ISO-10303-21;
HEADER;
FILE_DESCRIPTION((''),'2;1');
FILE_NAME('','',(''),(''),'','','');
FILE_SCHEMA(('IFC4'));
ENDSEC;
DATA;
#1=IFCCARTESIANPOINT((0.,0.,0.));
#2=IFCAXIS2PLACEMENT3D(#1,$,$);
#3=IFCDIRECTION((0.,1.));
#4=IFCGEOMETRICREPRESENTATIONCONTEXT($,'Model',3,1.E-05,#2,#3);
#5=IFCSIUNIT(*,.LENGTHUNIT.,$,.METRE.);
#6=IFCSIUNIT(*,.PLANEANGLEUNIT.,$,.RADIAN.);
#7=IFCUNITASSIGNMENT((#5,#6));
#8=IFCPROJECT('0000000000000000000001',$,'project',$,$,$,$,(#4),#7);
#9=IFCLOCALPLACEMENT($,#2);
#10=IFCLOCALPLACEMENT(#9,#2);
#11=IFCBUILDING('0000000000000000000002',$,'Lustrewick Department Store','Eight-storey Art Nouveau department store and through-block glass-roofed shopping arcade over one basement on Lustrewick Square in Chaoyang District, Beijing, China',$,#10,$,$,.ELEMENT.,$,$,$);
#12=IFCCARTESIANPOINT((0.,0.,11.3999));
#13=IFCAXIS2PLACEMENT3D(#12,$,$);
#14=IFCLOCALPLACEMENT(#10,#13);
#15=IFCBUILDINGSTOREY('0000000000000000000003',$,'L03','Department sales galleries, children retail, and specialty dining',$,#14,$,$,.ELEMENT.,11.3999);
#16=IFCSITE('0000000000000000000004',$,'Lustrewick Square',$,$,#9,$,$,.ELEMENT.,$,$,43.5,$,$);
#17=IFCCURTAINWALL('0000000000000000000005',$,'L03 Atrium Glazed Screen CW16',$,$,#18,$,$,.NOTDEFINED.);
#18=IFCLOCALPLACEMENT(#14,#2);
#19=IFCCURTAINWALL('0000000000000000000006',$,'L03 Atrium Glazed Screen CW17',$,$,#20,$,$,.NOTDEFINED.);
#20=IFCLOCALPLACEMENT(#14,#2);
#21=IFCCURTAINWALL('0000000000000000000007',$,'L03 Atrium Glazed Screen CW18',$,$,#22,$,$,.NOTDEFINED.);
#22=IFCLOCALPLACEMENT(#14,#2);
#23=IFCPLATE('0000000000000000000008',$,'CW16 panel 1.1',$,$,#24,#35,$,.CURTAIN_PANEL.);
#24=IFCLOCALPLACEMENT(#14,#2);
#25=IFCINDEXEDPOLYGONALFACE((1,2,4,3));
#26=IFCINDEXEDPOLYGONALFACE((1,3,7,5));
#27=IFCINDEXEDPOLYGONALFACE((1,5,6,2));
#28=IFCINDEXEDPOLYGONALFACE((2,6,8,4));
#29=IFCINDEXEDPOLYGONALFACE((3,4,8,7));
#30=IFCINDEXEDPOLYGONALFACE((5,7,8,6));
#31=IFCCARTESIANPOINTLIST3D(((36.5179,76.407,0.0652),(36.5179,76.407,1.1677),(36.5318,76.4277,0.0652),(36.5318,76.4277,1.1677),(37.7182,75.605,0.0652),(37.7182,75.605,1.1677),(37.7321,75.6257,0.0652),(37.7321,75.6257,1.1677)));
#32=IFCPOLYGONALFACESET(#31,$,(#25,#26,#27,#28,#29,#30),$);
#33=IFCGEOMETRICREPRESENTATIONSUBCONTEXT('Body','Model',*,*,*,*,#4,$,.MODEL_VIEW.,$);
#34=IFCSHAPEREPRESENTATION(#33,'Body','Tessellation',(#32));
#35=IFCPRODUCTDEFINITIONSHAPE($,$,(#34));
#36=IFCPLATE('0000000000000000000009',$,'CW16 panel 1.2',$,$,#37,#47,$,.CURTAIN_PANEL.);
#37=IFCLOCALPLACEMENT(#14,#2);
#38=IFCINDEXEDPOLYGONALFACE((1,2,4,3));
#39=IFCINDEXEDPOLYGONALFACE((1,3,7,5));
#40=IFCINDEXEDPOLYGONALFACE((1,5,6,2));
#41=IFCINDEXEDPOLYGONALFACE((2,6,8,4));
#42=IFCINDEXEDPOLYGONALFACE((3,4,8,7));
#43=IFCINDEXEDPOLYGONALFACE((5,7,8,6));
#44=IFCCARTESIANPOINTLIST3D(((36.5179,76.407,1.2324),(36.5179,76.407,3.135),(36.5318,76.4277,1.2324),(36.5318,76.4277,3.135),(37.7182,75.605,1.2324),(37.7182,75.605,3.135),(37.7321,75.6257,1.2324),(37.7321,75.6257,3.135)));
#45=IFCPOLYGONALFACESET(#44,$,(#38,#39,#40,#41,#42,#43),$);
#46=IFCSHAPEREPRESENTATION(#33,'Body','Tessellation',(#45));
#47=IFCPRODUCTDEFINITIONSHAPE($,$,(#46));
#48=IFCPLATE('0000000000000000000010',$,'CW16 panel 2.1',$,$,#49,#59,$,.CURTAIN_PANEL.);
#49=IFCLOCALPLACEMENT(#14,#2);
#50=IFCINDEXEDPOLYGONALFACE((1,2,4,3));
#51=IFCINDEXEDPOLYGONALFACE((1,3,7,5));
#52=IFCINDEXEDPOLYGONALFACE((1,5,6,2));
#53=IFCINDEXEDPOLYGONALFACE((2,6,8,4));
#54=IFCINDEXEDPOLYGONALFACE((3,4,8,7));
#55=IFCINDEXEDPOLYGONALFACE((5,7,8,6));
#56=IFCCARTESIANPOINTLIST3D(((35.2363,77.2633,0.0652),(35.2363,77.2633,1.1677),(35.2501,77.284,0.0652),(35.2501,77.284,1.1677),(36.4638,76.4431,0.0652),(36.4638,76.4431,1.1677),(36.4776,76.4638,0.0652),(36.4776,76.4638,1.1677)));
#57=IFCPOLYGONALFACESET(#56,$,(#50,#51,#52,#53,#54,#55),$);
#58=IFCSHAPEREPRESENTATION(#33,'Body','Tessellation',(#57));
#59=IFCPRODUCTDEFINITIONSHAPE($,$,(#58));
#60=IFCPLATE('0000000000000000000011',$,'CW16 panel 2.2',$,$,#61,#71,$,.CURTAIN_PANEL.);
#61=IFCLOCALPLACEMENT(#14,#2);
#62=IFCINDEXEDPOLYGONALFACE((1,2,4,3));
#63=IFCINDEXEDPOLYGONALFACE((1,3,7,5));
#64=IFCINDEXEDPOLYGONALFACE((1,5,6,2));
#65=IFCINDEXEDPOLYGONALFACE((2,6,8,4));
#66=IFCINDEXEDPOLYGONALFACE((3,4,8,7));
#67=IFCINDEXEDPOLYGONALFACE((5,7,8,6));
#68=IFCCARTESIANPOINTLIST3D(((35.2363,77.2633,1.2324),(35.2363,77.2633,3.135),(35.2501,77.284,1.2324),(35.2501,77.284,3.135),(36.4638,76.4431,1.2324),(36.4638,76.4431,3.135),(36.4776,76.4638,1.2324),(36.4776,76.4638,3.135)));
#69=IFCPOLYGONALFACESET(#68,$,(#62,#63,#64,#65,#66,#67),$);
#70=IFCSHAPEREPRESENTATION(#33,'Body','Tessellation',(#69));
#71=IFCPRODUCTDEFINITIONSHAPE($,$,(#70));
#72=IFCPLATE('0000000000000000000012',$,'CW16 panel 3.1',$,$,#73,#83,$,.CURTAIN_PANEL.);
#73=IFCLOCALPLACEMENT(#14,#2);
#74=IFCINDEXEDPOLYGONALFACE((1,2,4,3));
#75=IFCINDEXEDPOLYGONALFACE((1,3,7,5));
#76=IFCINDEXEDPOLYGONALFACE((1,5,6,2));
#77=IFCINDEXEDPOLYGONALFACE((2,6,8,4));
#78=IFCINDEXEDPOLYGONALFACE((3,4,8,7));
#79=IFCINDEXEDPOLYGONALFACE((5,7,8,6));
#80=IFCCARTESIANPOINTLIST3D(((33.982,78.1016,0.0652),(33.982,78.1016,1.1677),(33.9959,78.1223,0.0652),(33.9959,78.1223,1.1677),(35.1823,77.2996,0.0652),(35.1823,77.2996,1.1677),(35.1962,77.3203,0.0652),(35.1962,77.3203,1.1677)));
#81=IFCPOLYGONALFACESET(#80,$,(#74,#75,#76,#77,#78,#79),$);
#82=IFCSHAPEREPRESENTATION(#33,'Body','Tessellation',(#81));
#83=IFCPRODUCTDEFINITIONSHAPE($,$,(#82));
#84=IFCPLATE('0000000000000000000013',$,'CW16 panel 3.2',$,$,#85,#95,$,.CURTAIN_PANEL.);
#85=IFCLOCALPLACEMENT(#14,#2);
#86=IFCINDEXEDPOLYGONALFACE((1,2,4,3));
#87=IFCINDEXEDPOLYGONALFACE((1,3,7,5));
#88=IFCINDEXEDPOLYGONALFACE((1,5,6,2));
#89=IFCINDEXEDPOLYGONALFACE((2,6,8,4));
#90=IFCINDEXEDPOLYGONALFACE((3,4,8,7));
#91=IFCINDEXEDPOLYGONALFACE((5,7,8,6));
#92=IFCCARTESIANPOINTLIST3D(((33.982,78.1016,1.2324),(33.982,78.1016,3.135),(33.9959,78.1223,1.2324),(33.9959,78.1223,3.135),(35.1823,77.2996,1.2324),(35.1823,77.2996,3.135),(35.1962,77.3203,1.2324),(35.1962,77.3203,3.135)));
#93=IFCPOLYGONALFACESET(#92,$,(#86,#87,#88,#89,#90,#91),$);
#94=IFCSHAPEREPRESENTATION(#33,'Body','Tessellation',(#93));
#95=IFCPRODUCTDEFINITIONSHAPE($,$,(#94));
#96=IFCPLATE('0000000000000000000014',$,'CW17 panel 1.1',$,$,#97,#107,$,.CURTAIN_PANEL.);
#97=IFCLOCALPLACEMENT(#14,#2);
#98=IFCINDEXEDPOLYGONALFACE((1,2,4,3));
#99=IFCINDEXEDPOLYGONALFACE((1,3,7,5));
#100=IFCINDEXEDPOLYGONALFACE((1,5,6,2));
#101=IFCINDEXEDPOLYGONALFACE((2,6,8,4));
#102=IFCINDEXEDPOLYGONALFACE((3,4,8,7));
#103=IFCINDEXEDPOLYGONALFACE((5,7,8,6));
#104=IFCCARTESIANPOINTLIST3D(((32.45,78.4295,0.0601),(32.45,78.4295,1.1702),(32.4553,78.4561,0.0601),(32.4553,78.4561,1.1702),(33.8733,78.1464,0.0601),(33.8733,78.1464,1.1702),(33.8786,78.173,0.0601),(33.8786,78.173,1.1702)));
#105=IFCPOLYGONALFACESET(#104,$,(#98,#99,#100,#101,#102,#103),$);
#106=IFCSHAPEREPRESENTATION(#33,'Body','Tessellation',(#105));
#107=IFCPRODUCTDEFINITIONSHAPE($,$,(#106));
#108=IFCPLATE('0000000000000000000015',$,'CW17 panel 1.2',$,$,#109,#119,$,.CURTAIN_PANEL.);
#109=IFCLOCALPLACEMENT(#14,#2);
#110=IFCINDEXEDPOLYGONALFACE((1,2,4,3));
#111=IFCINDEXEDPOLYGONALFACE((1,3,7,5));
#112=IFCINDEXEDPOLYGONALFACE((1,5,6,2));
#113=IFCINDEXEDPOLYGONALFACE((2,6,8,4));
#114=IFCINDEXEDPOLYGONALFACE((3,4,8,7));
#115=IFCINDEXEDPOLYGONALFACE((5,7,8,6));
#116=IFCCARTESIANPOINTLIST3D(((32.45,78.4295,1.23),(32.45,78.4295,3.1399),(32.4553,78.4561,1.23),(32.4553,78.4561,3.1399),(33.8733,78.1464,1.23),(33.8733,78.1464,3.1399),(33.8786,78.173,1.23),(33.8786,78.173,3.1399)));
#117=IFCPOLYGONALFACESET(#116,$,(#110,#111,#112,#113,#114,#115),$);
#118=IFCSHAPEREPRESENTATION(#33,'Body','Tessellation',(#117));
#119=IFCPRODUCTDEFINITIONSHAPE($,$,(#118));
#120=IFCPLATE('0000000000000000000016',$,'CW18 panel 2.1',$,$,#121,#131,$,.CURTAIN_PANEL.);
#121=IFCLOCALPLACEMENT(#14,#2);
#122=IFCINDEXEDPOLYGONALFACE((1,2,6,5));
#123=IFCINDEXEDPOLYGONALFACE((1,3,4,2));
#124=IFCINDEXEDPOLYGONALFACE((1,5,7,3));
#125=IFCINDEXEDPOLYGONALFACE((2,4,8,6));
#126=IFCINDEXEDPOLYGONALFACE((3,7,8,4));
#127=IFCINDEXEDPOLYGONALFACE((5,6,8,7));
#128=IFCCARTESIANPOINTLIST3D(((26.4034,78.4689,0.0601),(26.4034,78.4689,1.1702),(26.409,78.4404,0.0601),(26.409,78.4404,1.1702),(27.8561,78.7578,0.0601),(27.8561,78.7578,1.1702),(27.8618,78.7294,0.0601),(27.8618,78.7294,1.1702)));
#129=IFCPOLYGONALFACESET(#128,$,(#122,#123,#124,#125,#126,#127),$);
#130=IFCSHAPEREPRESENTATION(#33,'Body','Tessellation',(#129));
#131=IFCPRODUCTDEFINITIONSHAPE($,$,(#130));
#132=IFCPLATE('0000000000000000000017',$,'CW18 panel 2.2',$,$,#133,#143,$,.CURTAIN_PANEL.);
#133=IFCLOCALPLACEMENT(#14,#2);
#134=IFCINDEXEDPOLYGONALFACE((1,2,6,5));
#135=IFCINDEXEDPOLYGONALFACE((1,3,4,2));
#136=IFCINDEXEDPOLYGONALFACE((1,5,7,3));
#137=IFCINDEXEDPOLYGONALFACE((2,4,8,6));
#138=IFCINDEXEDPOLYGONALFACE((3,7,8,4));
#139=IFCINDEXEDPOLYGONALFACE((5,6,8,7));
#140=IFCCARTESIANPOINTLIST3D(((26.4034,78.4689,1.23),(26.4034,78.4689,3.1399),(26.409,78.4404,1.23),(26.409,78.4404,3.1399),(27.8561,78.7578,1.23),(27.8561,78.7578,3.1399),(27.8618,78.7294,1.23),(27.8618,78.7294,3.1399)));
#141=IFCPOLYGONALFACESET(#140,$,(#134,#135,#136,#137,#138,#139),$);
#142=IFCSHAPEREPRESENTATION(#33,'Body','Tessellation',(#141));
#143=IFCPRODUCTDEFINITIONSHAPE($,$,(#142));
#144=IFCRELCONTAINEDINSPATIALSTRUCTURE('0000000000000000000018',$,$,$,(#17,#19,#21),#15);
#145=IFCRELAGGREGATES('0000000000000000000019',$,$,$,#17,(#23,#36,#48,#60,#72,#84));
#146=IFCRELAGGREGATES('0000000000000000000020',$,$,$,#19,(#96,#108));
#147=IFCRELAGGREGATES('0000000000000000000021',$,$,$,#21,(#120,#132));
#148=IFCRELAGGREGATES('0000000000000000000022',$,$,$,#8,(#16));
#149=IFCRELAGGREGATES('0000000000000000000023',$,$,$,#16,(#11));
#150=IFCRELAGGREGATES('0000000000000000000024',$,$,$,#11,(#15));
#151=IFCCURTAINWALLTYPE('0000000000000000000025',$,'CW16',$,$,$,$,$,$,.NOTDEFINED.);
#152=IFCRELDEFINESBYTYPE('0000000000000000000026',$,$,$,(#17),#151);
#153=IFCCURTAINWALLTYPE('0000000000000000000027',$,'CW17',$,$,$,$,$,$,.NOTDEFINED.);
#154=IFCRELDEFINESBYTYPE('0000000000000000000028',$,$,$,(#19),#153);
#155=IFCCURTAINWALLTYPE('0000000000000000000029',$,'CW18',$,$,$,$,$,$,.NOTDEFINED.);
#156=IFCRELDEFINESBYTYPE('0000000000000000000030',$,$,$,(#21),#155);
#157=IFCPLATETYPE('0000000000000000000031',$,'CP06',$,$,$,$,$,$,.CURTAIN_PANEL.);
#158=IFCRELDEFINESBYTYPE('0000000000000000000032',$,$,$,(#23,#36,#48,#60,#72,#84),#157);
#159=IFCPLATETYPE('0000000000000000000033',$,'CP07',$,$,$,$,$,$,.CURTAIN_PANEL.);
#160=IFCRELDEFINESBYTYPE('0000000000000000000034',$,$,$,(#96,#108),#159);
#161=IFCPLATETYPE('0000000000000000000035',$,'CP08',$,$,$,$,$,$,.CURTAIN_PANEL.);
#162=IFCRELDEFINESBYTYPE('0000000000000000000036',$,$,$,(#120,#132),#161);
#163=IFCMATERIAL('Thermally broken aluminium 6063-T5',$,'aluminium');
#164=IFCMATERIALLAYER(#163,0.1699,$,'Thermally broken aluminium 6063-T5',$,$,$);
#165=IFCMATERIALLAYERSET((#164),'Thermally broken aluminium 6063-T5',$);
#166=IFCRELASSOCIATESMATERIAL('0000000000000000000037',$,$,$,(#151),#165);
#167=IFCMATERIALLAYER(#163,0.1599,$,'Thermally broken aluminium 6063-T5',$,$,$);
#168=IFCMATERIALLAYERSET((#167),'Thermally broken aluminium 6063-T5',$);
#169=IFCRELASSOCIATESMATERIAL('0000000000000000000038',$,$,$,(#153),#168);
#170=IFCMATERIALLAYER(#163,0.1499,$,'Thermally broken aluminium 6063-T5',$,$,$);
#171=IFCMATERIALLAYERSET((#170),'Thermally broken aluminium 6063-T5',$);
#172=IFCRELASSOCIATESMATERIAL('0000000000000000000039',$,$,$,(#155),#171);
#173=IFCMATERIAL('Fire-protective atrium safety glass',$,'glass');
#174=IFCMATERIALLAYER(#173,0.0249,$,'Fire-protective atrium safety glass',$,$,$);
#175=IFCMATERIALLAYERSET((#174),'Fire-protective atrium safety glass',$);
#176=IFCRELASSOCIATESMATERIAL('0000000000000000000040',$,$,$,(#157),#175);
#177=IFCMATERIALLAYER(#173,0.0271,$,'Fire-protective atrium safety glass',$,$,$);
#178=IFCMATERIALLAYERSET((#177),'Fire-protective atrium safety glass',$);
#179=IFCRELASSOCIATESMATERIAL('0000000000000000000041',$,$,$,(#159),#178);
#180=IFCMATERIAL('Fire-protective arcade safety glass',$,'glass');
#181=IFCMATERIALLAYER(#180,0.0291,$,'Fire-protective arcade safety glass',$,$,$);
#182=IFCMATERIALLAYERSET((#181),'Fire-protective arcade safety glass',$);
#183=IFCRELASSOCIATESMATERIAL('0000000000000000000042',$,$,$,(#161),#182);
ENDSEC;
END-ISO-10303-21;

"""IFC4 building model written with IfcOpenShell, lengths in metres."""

from ifc_helpers import new_model, si_unit, direction, frame, origin, origin_2d, place, context, subcontext, project, spatial, rectangle, extrude, material, layer, layer_set, type_object, element, aggregate, save


model = new_model("IFC4")

# Units and contexts
model_context = context("Model", 3, precision=1e-05, world=origin(), true_north=direction((0.0, 1.0)))
body_context = subcontext(model_context, "Body", "Model", "MODEL_VIEW")
ifc_project = project(units=[si_unit("LENGTHUNIT", "METRE"), si_unit("PLANEANGLEUNIT", "RADIAN")], contexts=[model_context])

# Site, building, storey
site_placement = place(None, origin())
site = spatial("IfcSite", under=ifc_project, at=site_placement, Name="Lustrewick Square", CompositionType="ELEMENT", RefElevation=43.5)
building_placement = place(site_placement, origin())
building = spatial("IfcBuilding", under=site, at=building_placement, Name="Lustrewick Department Store", Description="Eight-storey Art Nouveau department store and through-block glass-roofed shopping arcade over one basement on Lustrewick Square in Chaoyang District, Beijing, China", CompositionType="ELEMENT")
storey_placement = place(building_placement, frame((0.0, 0.0, 11.3999)))
storey = spatial("IfcBuildingStorey", under=building, at=storey_placement, Name="L03", Description="Department sales galleries, children retail, and specialty dining", CompositionType="ELEMENT", Elevation=11.3999)

# Curtain walls
ifc_material_1 = material(Name="Thermally broken aluminium 6063-T5", Category="aluminium")
ifc_layer_1 = layer(ifc_material_1, 0.1699, Name="Thermally broken aluminium 6063-T5")
ifc_layer_set_1 = layer_set([ifc_layer_1], Name="Thermally broken aluminium 6063-T5")
curtain_wall_type_1 = type_object("IfcCurtainWallType", Name="CW16", PredefinedType="NOTDEFINED", material=ifc_layer_set_1)
curtain_wall_1_placement = place(storey_placement, origin())
curtain_wall_1 = element("IfcCurtainWall", 1, at=curtain_wall_1_placement, inside=storey, type_object=curtain_wall_type_1, Name="L03 Atrium Glazed Screen CW16", PredefinedType="NOTDEFINED")
ifc_layer_2 = layer(ifc_material_1, 0.1599, Name="Thermally broken aluminium 6063-T5")
ifc_layer_set_2 = layer_set([ifc_layer_2], Name="Thermally broken aluminium 6063-T5")
curtain_wall_type_2 = type_object("IfcCurtainWallType", Name="CW17", PredefinedType="NOTDEFINED", material=ifc_layer_set_2)
curtain_wall_2_placement = place(storey_placement, origin())
curtain_wall_2 = element("IfcCurtainWall", 2, at=curtain_wall_2_placement, inside=storey, type_object=curtain_wall_type_2, Name="L03 Atrium Glazed Screen CW17", PredefinedType="NOTDEFINED")

# Curtain wall
ifc_layer_3 = layer(ifc_material_1, 0.1499, Name="Thermally broken aluminium 6063-T5")
ifc_layer_set_3 = layer_set([ifc_layer_3], Name="Thermally broken aluminium 6063-T5")
curtain_wall_type_3 = type_object("IfcCurtainWallType", Name="CW18", PredefinedType="NOTDEFINED", material=ifc_layer_set_3)
curtain_wall_3_placement = place(storey_placement, origin())
curtain_wall_3 = element("IfcCurtainWall", 3, at=curtain_wall_3_placement, inside=storey, type_object=curtain_wall_type_3, Name="L03 Atrium Glazed Screen CW18", PredefinedType="NOTDEFINED")

# Plates
ifc_material_2 = material(Name="Fire-protective atrium safety glass", Category="glass")
ifc_layer_4 = layer(ifc_material_2, 0.0249, Name="Fire-protective atrium safety glass")
ifc_layer_set_4 = layer_set([ifc_layer_4], Name="Fire-protective atrium safety glass")
plate_type_1 = type_object("IfcPlateType", Name="CP06", PredefinedType="CURTAIN_PANEL", material=ifc_layer_set_4)
plate_1_placement = place(storey_placement, frame((37.125, 76.0164, 0.0652), z_axis=(0.0, 0.0, 1.0), x_axis=(-0.831464, 0.555578, 0.0)))
plate_1 = element("IfcPlate", 4, at=plate_1_placement, type_object=plate_type_1, Name="CW16 panel 1.1", PredefinedType="CURTAIN_PANEL", context=body_context, shape_type="SweptSolid", body=[
    extrude(rectangle(XDim=1.4436, YDim=0.0249, at=origin_2d()), origin(), (0.0, 0.0, 1.0), 1.1025),
])
plate_2_placement = place(storey_placement, frame((37.125, 76.0164, 1.2324), z_axis=(0.0, 0.0, 1.0), x_axis=(-0.831464, 0.555578, 0.0)))
plate_2 = element("IfcPlate", 5, at=plate_2_placement, type_object=plate_type_1, Name="CW16 panel 1.2", PredefinedType="CURTAIN_PANEL", context=body_context, shape_type="SweptSolid", body=[
    extrude(rectangle(XDim=1.4436, YDim=0.0249, at=origin_2d()), origin(), (0.0, 0.0, 1.0), 1.9026),
])
plate_3_placement = place(storey_placement, frame((35.8569, 76.8635, 0.0652), z_axis=(0.0, 0.0, 1.0), x_axis=(-0.831464, 0.555578, 0.0)))
plate_3 = element("IfcPlate", 6, at=plate_3_placement, type_object=plate_type_1, Name="CW16 panel 2.1", PredefinedType="CURTAIN_PANEL", context=body_context, shape_type="SweptSolid", body=[
    extrude(rectangle(XDim=1.4763, YDim=0.0249, at=origin_2d()), origin(), (0.0, 0.0, 1.0), 1.1025),
])
plate_4_placement = place(storey_placement, frame((35.8569, 76.8635, 1.2324), z_axis=(0.0, 0.0, 1.0), x_axis=(-0.831464, 0.555578, 0.0)))
plate_4 = element("IfcPlate", 7, at=plate_4_placement, type_object=plate_type_1, Name="CW16 panel 2.2", PredefinedType="CURTAIN_PANEL", context=body_context, shape_type="SweptSolid", body=[
    extrude(rectangle(XDim=1.4763, YDim=0.0249, at=origin_2d()), origin(), (0.0, 0.0, 1.0), 1.9026),
])
plate_5_placement = place(storey_placement, frame((34.5891, 77.7109, 0.0652), z_axis=(0.0, 0.0, 1.0), x_axis=(-0.831464, 0.555578, 0.0)))
plate_5 = element("IfcPlate", 8, at=plate_5_placement, type_object=plate_type_1, Name="CW16 panel 3.1", PredefinedType="CURTAIN_PANEL", context=body_context, shape_type="SweptSolid", body=[
    extrude(rectangle(XDim=1.4436, YDim=0.0249, at=origin_2d()), origin(), (0.0, 0.0, 1.0), 1.1025),
])
plate_6_placement = place(storey_placement, frame((34.5891, 77.7109, 1.2324), z_axis=(0.0, 0.0, 1.0), x_axis=(-0.831464, 0.555578, 0.0)))
plate_6 = element("IfcPlate", 9, at=plate_6_placement, type_object=plate_type_1, Name="CW16 panel 3.2", PredefinedType="CURTAIN_PANEL", context=body_context, shape_type="SweptSolid", body=[
    extrude(rectangle(XDim=1.4436, YDim=0.0249, at=origin_2d()), origin(), (0.0, 0.0, 1.0), 1.9026),
])
aggregate(curtain_wall_1, [plate_1, plate_2, plate_3, plate_4, plate_5, plate_6])
ifc_layer_5 = layer(ifc_material_2, 0.0271, Name="Fire-protective atrium safety glass")
ifc_layer_set_5 = layer_set([ifc_layer_5], Name="Fire-protective atrium safety glass")
plate_type_2 = type_object("IfcPlateType", Name="CP07", PredefinedType="CURTAIN_PANEL", material=ifc_layer_set_5)
plate_7_placement = place(storey_placement, frame((33.1643, 78.3013, 0.0601), z_axis=(0.0, 0.0, 1.0), x_axis=(-0.980786, 0.195085, 0.0)))
plate_7 = element("IfcPlate", 10, at=plate_7_placement, type_object=plate_type_2, Name="CW17 panel 1.1", PredefinedType="CURTAIN_PANEL", context=body_context, shape_type="SweptSolid", body=[
    extrude(rectangle(XDim=1.4512, YDim=0.0271, at=origin_2d()), origin(), (0.0, 0.0, 1.0), 1.1101),
])
plate_8_placement = place(storey_placement, frame((33.1643, 78.3013, 1.23), z_axis=(0.0, 0.0, 1.0), x_axis=(-0.980786, 0.195085, 0.0)))
plate_8 = element("IfcPlate", 11, at=plate_8_placement, type_object=plate_type_2, Name="CW17 panel 1.2", PredefinedType="CURTAIN_PANEL", context=body_context, shape_type="SweptSolid", body=[
    extrude(rectangle(XDim=1.4512, YDim=0.0271, at=origin_2d()), origin(), (0.0, 0.0, 1.0), 1.9099),
])
aggregate(curtain_wall_2, [plate_7, plate_8])
ifc_material_3 = material(Name="Fire-protective arcade safety glass", Category="glass")
ifc_layer_6 = layer(ifc_material_3, 0.0291, Name="Fire-protective arcade safety glass")
ifc_layer_set_6 = layer_set([ifc_layer_6], Name="Fire-protective arcade safety glass")
plate_type_3 = type_object("IfcPlateType", Name="CP08", PredefinedType="CURTAIN_PANEL", material=ifc_layer_set_6)
plate_9_placement = place(storey_placement, frame((27.1326, 78.5991, 0.0601), z_axis=(0.0, 0.0, 1.0), x_axis=(-0.980786, -0.195085, 0.0)))
plate_9 = element("IfcPlate", 12, at=plate_9_placement, type_object=plate_type_3, Name="CW18 panel 2.1", PredefinedType="CURTAIN_PANEL", context=body_context, shape_type="SweptSolid", body=[
    extrude(rectangle(XDim=1.4812, YDim=0.0291, at=origin_2d()), origin(), (0.0, 0.0, 1.0), 1.1101),
])
plate_10_placement = place(storey_placement, frame((27.1326, 78.5991, 1.23), z_axis=(0.0, 0.0, 1.0), x_axis=(-0.980786, -0.195085, 0.0)))
plate_10 = element("IfcPlate", 13, at=plate_10_placement, type_object=plate_type_3, Name="CW18 panel 2.2", PredefinedType="CURTAIN_PANEL", context=body_context, shape_type="SweptSolid", body=[
    extrude(rectangle(XDim=1.4812, YDim=0.0291, at=origin_2d()), origin(), (0.0, 0.0, 1.0), 1.9099),
])
aggregate(curtain_wall_3, [plate_9, plate_10])

save(model, "model.ifc")
